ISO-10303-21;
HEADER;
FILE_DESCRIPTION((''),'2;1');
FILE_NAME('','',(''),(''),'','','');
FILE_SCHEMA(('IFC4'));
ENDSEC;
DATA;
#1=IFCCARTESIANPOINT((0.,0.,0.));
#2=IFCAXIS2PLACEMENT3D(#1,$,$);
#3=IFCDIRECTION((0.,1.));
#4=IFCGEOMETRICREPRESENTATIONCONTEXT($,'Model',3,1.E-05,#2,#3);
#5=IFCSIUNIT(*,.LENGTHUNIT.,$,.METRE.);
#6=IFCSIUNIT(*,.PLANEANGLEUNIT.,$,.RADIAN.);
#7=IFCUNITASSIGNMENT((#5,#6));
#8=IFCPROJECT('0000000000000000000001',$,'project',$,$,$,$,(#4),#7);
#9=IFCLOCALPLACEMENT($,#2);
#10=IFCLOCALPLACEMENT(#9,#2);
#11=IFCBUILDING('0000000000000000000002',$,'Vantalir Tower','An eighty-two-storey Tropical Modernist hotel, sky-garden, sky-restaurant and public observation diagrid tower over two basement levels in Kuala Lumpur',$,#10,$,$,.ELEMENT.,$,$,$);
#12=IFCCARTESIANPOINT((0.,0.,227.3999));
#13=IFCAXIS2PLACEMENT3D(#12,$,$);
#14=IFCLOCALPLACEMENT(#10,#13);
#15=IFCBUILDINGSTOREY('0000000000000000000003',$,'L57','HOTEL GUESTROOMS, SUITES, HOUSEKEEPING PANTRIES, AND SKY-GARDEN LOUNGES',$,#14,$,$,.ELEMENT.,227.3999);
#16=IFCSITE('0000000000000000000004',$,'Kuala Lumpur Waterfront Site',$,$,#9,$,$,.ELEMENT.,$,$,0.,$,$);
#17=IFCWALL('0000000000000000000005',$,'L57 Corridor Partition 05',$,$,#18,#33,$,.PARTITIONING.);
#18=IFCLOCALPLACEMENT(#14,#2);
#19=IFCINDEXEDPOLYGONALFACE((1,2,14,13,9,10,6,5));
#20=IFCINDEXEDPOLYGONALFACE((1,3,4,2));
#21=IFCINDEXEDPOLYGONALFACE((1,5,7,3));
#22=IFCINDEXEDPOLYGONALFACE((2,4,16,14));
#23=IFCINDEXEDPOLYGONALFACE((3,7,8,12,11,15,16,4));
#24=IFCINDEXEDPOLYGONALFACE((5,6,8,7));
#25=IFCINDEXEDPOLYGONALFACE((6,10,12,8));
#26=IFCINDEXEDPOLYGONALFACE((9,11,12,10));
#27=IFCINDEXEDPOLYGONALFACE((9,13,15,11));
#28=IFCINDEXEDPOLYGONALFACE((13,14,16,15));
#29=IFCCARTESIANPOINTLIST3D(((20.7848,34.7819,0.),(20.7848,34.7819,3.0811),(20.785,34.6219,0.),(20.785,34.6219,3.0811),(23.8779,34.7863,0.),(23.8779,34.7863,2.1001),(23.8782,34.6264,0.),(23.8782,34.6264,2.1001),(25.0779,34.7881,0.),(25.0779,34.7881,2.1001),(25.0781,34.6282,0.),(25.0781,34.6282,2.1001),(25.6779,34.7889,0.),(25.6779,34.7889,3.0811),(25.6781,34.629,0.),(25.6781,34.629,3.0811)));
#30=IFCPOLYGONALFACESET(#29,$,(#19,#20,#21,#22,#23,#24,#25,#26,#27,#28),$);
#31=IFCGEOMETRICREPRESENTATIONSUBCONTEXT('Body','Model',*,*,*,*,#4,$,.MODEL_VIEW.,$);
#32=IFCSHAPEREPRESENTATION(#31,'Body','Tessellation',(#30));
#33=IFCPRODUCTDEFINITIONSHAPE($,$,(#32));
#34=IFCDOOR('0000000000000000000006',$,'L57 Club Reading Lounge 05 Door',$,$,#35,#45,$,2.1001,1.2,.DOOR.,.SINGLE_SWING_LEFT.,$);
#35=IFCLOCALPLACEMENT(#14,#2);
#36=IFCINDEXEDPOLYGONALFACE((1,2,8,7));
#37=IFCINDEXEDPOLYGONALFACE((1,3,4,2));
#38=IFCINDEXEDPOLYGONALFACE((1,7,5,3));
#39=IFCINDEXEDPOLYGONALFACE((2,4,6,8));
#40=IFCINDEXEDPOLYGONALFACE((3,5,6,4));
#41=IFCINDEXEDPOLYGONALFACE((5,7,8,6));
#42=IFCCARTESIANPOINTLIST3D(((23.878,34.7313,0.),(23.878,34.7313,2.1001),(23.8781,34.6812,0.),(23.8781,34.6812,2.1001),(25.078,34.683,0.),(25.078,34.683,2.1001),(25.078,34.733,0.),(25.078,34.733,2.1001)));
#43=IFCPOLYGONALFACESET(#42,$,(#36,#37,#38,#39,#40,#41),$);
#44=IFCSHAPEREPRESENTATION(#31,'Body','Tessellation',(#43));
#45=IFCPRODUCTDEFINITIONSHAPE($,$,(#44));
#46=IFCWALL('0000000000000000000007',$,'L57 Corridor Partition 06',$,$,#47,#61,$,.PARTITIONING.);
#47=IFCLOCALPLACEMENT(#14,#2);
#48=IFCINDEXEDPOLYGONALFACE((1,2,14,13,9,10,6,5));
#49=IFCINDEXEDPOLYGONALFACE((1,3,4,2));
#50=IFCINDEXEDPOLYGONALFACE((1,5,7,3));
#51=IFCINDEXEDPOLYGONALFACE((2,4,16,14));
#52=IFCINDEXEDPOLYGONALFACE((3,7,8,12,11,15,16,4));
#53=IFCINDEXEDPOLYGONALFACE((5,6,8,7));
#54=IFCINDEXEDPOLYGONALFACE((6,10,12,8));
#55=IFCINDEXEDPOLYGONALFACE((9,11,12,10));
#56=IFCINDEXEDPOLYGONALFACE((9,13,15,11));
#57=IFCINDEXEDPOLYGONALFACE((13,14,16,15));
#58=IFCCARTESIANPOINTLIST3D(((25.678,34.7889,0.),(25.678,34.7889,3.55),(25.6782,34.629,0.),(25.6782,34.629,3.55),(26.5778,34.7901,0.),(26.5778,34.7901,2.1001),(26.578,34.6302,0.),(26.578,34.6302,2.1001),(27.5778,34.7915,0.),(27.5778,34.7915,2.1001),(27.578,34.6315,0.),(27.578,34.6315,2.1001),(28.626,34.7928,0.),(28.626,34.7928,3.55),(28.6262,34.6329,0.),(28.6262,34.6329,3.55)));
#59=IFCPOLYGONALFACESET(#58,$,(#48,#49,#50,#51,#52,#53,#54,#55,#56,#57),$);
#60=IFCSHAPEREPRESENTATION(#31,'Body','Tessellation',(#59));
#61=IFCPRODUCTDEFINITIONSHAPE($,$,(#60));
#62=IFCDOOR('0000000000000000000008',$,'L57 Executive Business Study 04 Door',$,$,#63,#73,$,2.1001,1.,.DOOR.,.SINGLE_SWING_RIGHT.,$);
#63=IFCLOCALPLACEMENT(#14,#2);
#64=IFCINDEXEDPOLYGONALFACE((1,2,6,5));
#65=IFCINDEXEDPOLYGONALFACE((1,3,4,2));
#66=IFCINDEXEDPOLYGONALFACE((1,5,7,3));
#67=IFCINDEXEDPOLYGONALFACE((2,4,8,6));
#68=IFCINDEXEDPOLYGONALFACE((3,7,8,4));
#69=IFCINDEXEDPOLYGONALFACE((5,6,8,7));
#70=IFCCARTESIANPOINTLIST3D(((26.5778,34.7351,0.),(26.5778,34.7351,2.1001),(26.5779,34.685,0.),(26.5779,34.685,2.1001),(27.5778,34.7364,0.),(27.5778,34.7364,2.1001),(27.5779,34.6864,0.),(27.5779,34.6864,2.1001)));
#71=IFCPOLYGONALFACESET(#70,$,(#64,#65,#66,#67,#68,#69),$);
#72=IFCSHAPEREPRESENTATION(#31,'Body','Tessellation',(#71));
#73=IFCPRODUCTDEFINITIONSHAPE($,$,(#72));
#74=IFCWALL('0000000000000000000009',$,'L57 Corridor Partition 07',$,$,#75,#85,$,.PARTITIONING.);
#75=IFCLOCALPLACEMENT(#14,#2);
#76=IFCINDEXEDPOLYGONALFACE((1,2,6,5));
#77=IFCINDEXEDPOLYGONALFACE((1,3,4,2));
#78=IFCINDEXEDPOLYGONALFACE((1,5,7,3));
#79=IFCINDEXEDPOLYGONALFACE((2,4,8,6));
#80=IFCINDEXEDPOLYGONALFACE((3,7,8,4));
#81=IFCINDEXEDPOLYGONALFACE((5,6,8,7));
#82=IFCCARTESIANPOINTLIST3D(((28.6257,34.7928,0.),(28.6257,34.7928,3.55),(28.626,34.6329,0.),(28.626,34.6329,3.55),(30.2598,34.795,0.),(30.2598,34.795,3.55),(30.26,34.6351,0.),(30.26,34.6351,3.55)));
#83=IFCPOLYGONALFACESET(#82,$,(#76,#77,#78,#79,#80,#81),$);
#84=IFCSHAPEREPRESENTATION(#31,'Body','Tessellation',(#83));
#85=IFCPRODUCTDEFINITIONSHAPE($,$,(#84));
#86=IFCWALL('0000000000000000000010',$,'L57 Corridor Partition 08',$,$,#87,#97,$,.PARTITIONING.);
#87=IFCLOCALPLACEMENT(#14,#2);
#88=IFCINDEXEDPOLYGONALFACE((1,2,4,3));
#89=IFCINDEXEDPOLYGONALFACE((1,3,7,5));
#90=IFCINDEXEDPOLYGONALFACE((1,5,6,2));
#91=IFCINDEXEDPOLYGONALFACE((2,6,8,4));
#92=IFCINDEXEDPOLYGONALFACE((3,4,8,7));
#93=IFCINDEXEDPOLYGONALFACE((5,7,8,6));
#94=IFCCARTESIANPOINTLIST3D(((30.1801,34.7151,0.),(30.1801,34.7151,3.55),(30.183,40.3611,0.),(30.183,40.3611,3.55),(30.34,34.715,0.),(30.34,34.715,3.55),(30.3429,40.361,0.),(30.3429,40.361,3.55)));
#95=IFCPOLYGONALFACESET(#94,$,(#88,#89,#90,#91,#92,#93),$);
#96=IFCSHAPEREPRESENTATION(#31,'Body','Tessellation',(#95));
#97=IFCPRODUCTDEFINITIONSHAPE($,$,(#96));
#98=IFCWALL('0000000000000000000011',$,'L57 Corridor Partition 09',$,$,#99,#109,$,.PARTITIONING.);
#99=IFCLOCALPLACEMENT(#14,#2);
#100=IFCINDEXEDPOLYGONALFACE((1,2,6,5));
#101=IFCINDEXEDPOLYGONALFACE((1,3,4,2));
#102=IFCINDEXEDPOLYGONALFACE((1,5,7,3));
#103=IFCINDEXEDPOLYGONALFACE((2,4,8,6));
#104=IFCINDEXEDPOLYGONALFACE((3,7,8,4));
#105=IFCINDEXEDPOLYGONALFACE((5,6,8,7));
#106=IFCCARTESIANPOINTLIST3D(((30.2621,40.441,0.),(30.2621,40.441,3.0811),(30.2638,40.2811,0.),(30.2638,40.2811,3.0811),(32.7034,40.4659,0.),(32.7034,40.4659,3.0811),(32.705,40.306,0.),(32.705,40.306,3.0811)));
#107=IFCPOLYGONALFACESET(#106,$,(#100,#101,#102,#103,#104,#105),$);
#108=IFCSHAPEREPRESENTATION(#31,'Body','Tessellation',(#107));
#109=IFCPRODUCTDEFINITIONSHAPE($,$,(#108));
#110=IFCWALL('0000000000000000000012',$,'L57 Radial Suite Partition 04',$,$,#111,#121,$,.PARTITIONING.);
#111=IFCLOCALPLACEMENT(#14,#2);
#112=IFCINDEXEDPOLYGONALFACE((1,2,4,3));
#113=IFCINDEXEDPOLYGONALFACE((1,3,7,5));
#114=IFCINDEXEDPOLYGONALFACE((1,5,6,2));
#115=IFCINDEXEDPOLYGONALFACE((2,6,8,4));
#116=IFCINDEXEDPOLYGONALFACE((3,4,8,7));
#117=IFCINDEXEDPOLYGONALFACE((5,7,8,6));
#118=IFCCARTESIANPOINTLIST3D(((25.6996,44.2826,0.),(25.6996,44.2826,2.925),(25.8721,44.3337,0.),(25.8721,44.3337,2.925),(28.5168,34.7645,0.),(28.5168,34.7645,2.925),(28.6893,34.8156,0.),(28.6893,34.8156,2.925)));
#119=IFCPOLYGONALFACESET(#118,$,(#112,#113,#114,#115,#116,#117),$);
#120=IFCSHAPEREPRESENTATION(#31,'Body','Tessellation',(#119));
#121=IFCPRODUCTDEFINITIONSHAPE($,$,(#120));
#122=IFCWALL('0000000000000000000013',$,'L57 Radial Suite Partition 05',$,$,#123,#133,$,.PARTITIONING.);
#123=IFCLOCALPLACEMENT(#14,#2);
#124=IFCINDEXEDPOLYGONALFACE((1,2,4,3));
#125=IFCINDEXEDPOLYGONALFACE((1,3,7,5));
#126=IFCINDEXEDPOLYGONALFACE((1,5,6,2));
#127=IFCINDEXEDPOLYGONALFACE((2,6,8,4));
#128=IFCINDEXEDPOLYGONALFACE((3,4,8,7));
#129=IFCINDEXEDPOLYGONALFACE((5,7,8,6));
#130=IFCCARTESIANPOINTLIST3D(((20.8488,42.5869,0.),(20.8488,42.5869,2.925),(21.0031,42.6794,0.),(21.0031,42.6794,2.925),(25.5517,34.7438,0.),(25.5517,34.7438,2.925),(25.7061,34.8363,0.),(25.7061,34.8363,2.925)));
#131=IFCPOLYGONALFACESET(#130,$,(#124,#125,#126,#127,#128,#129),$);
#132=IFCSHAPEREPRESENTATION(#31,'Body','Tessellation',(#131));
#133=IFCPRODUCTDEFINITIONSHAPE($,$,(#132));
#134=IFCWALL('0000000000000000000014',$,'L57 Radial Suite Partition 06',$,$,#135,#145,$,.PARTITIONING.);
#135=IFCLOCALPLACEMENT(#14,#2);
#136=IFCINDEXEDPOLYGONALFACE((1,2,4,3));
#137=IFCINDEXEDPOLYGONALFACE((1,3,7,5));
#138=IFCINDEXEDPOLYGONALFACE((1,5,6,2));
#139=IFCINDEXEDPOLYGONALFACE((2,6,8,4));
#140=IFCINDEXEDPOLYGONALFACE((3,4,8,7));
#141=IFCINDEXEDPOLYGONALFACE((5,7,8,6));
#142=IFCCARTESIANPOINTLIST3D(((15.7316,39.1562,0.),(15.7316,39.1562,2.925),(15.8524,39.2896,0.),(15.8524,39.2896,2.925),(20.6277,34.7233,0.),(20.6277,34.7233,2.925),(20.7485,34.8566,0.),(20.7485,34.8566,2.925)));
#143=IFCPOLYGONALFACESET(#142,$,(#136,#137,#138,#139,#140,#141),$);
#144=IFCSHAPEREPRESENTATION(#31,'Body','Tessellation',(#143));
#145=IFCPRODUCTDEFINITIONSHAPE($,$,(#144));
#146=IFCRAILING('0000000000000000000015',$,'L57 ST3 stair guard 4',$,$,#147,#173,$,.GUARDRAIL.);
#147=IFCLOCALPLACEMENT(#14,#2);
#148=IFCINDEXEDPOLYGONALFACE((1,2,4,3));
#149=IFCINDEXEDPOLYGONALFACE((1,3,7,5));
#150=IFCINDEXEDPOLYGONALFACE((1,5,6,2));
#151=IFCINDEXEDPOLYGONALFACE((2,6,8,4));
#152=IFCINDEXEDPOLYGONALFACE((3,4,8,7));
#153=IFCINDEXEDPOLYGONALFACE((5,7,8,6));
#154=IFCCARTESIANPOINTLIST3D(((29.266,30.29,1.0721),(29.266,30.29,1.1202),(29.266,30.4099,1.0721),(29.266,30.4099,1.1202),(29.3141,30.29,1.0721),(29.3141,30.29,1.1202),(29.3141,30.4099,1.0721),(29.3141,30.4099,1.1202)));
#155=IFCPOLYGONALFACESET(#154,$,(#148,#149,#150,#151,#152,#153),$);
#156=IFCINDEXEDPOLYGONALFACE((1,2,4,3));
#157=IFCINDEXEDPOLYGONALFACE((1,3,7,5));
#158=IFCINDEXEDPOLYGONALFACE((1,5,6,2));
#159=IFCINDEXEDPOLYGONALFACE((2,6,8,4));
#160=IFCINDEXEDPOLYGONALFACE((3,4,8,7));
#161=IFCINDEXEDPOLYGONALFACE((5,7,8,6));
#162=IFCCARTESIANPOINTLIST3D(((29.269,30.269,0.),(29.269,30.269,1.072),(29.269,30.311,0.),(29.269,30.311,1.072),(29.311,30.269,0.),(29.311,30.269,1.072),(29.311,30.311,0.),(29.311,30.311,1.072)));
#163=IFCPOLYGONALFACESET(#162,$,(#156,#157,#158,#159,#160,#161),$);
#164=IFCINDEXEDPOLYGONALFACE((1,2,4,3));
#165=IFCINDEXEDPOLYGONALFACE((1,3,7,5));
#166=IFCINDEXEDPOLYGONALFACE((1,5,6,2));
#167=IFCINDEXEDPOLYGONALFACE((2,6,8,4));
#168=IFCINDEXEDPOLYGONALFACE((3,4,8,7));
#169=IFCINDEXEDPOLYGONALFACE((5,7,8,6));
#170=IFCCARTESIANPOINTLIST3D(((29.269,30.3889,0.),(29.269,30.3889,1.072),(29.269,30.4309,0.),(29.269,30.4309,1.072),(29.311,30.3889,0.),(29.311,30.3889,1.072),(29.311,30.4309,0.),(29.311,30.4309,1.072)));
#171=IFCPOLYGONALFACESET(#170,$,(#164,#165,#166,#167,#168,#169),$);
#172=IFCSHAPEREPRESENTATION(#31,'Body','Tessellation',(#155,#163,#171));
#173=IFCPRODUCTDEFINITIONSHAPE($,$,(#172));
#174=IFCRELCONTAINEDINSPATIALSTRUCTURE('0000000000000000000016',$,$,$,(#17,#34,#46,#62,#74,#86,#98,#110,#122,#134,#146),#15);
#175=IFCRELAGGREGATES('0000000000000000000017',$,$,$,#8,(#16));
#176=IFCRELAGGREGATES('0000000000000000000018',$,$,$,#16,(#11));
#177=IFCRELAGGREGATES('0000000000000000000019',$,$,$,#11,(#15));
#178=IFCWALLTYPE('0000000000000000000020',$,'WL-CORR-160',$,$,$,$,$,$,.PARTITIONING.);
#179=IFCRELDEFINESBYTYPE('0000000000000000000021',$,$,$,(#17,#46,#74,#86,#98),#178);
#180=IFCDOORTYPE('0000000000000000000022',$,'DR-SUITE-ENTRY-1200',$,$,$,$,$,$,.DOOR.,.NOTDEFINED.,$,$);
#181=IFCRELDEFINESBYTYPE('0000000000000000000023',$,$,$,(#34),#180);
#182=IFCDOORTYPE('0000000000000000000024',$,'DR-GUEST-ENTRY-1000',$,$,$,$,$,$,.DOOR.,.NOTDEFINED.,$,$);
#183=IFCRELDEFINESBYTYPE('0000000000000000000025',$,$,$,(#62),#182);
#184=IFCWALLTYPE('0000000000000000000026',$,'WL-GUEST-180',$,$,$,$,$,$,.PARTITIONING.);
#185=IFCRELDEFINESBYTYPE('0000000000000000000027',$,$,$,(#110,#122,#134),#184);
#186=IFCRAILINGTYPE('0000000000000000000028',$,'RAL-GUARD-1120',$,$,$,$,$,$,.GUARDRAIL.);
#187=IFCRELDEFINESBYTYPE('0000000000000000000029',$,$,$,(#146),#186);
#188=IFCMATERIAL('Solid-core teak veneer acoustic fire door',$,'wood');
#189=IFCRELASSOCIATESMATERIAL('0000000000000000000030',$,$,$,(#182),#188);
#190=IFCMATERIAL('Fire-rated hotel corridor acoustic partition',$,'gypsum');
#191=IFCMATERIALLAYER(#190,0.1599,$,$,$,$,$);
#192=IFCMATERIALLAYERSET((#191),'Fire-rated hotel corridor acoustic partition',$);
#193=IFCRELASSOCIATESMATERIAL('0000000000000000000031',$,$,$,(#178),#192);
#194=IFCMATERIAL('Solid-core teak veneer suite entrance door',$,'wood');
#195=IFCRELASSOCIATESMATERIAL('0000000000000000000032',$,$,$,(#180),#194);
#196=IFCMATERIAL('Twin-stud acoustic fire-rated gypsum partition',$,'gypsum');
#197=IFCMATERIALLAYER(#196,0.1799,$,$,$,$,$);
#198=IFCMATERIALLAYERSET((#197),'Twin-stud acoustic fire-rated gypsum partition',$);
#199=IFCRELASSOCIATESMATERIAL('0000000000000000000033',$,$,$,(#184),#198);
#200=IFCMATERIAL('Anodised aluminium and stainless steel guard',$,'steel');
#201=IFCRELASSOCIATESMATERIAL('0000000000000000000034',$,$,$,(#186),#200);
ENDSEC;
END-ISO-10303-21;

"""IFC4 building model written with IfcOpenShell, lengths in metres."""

from ifc_helpers import new_model, si_unit, direction, frame, frame_2d, origin, origin_2d, place, context, subcontext, project, spatial, rectangle, extrude, material, layer, layer_set, type_object, element, fill, save


model = new_model("IFC4")

# Units and contexts
model_context = context("Model", 3, precision=1e-05, world=origin(), true_north=direction((0.0, 1.0)))
body_context = subcontext(model_context, "Body", "Model", "MODEL_VIEW")
ifc_project = project(units=[si_unit("LENGTHUNIT", "METRE"), si_unit("PLANEANGLEUNIT", "RADIAN")], contexts=[model_context])

# Site, building, storey
site_placement = place(None, origin())
site = spatial("IfcSite", under=ifc_project, at=site_placement, Name="Kuala Lumpur Waterfront Site", CompositionType="ELEMENT", RefElevation=0.0)
building_placement = place(site_placement, origin())
building = spatial("IfcBuilding", under=site, at=building_placement, Name="Vantalir Tower", Description="An eighty-two-storey Tropical Modernist hotel, sky-garden, sky-restaurant and public observation diagrid tower over two basement levels in Kuala Lumpur", CompositionType="ELEMENT")
storey_placement = place(building_placement, frame((0.0, 0.0, 227.3999)))
storey = spatial("IfcBuildingStorey", under=building, at=storey_placement, Name="L57", Description="HOTEL GUESTROOMS, SUITES, HOUSEKEEPING PANTRIES, AND SKY-GARDEN LOUNGES", CompositionType="ELEMENT", Elevation=227.3999)

# Shared definitions
ifc_material_1 = material(Name="Solid-core teak veneer acoustic fire door", Category="wood")
door_type_1 = type_object("IfcDoorType", Name="DR-GUEST-ENTRY-1000", OperationType="NOTDEFINED", PredefinedType="DOOR", material=ifc_material_1)

# Walls, openings, doors
ifc_material_2 = material(Name="Fire-rated hotel corridor acoustic partition", Category="gypsum")
ifc_layer_1 = layer(ifc_material_2, 0.1599)
ifc_layer_set_1 = layer_set([ifc_layer_1], Name="Fire-rated hotel corridor acoustic partition")
wall_type_1 = type_object("IfcWallType", Name="WL-CORR-160", PredefinedType="PARTITIONING", material=ifc_layer_set_1)
wall_1_placement = place(storey_placement, frame((20.7849, 34.7019, 0.0), z_axis=(0.0, 0.0, 1.0), x_axis=(0.999999, 0.001447, 0.0)))
wall_1 = element("IfcWall", 1, at=wall_1_placement, inside=storey, type_object=wall_type_1, Name="L57 Corridor Partition 05", PredefinedType="PARTITIONING", context=body_context, shape_type="SweptSolid", body=[
    extrude(rectangle(XDim=4.8931, YDim=0.1599, at=frame_2d((2.4465, 0.0))), origin(), (0.0, 0.0, 1.0), 3.0811),
])
opening_1_placement = place(wall_1_placement, frame((3.093, 0.0, 0.0)))
opening_1 = element("IfcOpeningElement", 2, at=opening_1_placement, cuts=wall_1, PredefinedType="OPENING", context=body_context, shape_type="SweptSolid", body=[
    extrude(rectangle(XDim=1.2, YDim=2.1001, at=frame_2d((0.6001, 1.05))), frame((0.0, 0.0898, 0.0), z_axis=(0.0, -1.0, 0.0), x_axis=(1.0, 0.0, 0.0)), (0.0, 0.0, 1.0), 0.1799),
])
ifc_material_3 = material(Name="Solid-core teak veneer suite entrance door", Category="wood")
door_type_2 = type_object("IfcDoorType", Name="DR-SUITE-ENTRY-1200", OperationType="NOTDEFINED", PredefinedType="DOOR", material=ifc_material_3)
door_1_placement = place(opening_1_placement, origin())
door_1 = element("IfcDoor", 3, at=door_1_placement, inside=storey, type_object=door_type_2, Name="L57 Club Reading Lounge 05 Door", OperationType="SINGLE_SWING_LEFT", OverallHeight=2.1001, OverallWidth=1.2, PredefinedType="DOOR", context=body_context, shape_type="SweptSolid", body=[
    extrude(rectangle(XDim=1.2, YDim=2.1001, at=frame_2d((0.6001, 1.05))), frame((0.0, 0.0249, 0.0), z_axis=(0.0, -1.0, 0.0), x_axis=(1.0, 0.0, 0.0)), (0.0, 0.0, 1.0), 0.05),
])
fill(opening_1, door_1)
wall_2_placement = place(storey_placement, frame((25.678, 34.709, 0.0), z_axis=(0.0, 0.0, 1.0), x_axis=(0.999999, 0.001325, 0.0)))
wall_2 = element("IfcWall", 4, at=wall_2_placement, inside=storey, type_object=wall_type_1, Name="L57 Corridor Partition 06", PredefinedType="PARTITIONING", context=body_context, shape_type="SweptSolid", body=[
    extrude(rectangle(XDim=2.948, YDim=0.1599, at=frame_2d((1.4741, 0.0))), origin(), (0.0, 0.0, 1.0), 3.55),
])
opening_2_placement = place(wall_2_placement, frame((0.8999, 0.0, 0.0)))
opening_2 = element("IfcOpeningElement", 5, at=opening_2_placement, cuts=wall_2, PredefinedType="OPENING", context=body_context, shape_type="SweptSolid", body=[
    extrude(rectangle(XDim=1.0, YDim=2.1001, at=frame_2d((0.5, 1.05))), frame((0.0, 0.0898, 0.0), z_axis=(0.0, -1.0, 0.0), x_axis=(1.0, 0.0, 0.0)), (0.0, 0.0, 1.0), 0.1799),
])
door_2_placement = place(opening_2_placement, origin())
door_2 = element("IfcDoor", 6, at=door_2_placement, inside=storey, type_object=door_type_1, Name="L57 Executive Business Study 04 Door", OperationType="SINGLE_SWING_RIGHT", OverallHeight=2.1001, OverallWidth=1.0, PredefinedType="DOOR", context=body_context, shape_type="SweptSolid", body=[
    extrude(rectangle(XDim=1.0, YDim=2.1001, at=frame_2d((0.5, 1.05))), frame((0.0, 0.0249, 0.0), z_axis=(0.0, -1.0, 0.0), x_axis=(1.0, 0.0, 0.0)), (0.0, 0.0, 1.0), 0.05),
])
fill(opening_2, door_2)

# Walls
wall_3_placement = place(storey_placement, frame((28.626, 34.7129, 0.0), z_axis=(0.0, 0.0, 1.0), x_axis=(0.999999, 0.001345, 0.0)))
element("IfcWall", 7, at=wall_3_placement, inside=storey, type_object=wall_type_1, Name="L57 Corridor Partition 07", PredefinedType="PARTITIONING", context=body_context, shape_type="SweptSolid", body=[
    extrude(rectangle(XDim=1.634, YDim=0.1599, at=frame_2d((0.8169, 0.0))), origin(), (0.0, 0.0, 1.0), 3.55),
])
wall_4_placement = place(storey_placement, frame((30.26, 34.7151, 0.0), z_axis=(0.0, 0.0, 1.0), x_axis=(0.000519, 1.0, 0.0)))
element("IfcWall", 8, at=wall_4_placement, inside=storey, type_object=wall_type_1, Name="L57 Corridor Partition 08", PredefinedType="PARTITIONING", context=body_context, shape_type="SweptSolid", body=[
    extrude(rectangle(XDim=5.646, YDim=0.1599, at=frame_2d((2.823, 0.0))), origin(), (0.0, 0.0, 1.0), 3.55),
])
wall_5_placement = place(storey_placement, frame((30.2629, 40.3611, 0.0), z_axis=(0.0, 0.0, 1.0), x_axis=(0.999948, 0.0102, 0.0)))
element("IfcWall", 9, at=wall_5_placement, inside=storey, type_object=wall_type_1, Name="L57 Corridor Partition 09", PredefinedType="PARTITIONING", context=body_context, shape_type="SweptSolid", body=[
    extrude(rectangle(XDim=2.4414, YDim=0.1599, at=frame_2d((1.2207, 0.0))), origin(), (0.0, 0.0, 1.0), 3.0811),
])
ifc_material_4 = material(Name="Twin-stud acoustic fire-rated gypsum partition", Category="gypsum")
ifc_layer_2 = layer(ifc_material_4, 0.1799)
ifc_layer_set_2 = layer_set([ifc_layer_2], Name="Twin-stud acoustic fire-rated gypsum partition")
wall_type_2 = type_object("IfcWallType", Name="WL-GUEST-180", PredefinedType="PARTITIONING", material=ifc_layer_set_2)
wall_6_placement = place(storey_placement, frame((28.603, 34.79, 0.0), z_axis=(0.0, 0.0, 1.0), x_axis=(-0.283808, 0.958881, 0.0)))
element("IfcWall", 10, at=wall_6_placement, inside=storey, type_object=wall_type_2, Name="L57 Radial Suite Partition 04", PredefinedType="PARTITIONING", context=body_context, shape_type="SweptSolid", body=[
    extrude(rectangle(XDim=9.9263, YDim=0.1799, at=frame_2d((4.9631, 0.0))), origin(), (0.0, 0.0, 1.0), 2.925),
])
wall_7_placement = place(storey_placement, frame((25.6289, 34.79, 0.0), z_axis=(0.0, 0.0, 1.0), x_axis=(-0.51426, 0.857634, 0.0)))
element("IfcWall", 11, at=wall_7_placement, inside=storey, type_object=wall_type_2, Name="L57 Radial Suite Partition 05", PredefinedType="PARTITIONING", context=body_context, shape_type="SweptSolid", body=[
    extrude(rectangle(XDim=9.145, YDim=0.1799, at=frame_2d((4.5725, 0.0))), origin(), (0.0, 0.0, 1.0), 2.925),
])
wall_8_placement = place(storey_placement, frame((20.688, 34.79, 0.0), z_axis=(0.0, 0.0, 1.0), x_axis=(-0.741298, 0.671176, 0.0)))
element("IfcWall", 12, at=wall_8_placement, inside=storey, type_object=wall_type_2, Name="L57 Radial Suite Partition 06", PredefinedType="PARTITIONING", context=body_context, shape_type="SweptSolid", body=[
    extrude(rectangle(XDim=6.6047, YDim=0.1799, at=frame_2d((3.3022, 0.0))), origin(), (0.0, 0.0, 1.0), 2.925),
])

# Railing
ifc_material_5 = material(Name="Anodised aluminium and stainless steel guard", Category="steel")
railing_type = type_object("IfcRailingType", Name="RAL-GUARD-1120", PredefinedType="GUARDRAIL", material=ifc_material_5)
railing_placement = place(storey_placement, frame((29.29, 30.29, 0.0)))
element("IfcRailing", 13, at=railing_placement, inside=storey, type_object=railing_type, Name="L57 ST3 stair guard 4", PredefinedType="GUARDRAIL", context=body_context, shape_type="SweptSolid", body=[
    extrude(rectangle(XDim=0.0481, YDim=0.0481, at=origin_2d()), frame((0.0, 0.0, 1.0962), z_axis=(0.0, 1.0, 0.0), x_axis=(-1.0, 0.0, 0.0)), (0.0, 0.0, 1.0), 0.1199),
    extrude(rectangle(XDim=0.042, YDim=0.042, at=origin_2d()), origin(), (0.0, 0.0, 1.0), 1.072),
    extrude(rectangle(XDim=0.042, YDim=0.042, at=origin_2d()), frame((0.0, 0.1199, 0.0)), (0.0, 0.0, 1.0), 1.072),
])

save(model, "model.ifc")
